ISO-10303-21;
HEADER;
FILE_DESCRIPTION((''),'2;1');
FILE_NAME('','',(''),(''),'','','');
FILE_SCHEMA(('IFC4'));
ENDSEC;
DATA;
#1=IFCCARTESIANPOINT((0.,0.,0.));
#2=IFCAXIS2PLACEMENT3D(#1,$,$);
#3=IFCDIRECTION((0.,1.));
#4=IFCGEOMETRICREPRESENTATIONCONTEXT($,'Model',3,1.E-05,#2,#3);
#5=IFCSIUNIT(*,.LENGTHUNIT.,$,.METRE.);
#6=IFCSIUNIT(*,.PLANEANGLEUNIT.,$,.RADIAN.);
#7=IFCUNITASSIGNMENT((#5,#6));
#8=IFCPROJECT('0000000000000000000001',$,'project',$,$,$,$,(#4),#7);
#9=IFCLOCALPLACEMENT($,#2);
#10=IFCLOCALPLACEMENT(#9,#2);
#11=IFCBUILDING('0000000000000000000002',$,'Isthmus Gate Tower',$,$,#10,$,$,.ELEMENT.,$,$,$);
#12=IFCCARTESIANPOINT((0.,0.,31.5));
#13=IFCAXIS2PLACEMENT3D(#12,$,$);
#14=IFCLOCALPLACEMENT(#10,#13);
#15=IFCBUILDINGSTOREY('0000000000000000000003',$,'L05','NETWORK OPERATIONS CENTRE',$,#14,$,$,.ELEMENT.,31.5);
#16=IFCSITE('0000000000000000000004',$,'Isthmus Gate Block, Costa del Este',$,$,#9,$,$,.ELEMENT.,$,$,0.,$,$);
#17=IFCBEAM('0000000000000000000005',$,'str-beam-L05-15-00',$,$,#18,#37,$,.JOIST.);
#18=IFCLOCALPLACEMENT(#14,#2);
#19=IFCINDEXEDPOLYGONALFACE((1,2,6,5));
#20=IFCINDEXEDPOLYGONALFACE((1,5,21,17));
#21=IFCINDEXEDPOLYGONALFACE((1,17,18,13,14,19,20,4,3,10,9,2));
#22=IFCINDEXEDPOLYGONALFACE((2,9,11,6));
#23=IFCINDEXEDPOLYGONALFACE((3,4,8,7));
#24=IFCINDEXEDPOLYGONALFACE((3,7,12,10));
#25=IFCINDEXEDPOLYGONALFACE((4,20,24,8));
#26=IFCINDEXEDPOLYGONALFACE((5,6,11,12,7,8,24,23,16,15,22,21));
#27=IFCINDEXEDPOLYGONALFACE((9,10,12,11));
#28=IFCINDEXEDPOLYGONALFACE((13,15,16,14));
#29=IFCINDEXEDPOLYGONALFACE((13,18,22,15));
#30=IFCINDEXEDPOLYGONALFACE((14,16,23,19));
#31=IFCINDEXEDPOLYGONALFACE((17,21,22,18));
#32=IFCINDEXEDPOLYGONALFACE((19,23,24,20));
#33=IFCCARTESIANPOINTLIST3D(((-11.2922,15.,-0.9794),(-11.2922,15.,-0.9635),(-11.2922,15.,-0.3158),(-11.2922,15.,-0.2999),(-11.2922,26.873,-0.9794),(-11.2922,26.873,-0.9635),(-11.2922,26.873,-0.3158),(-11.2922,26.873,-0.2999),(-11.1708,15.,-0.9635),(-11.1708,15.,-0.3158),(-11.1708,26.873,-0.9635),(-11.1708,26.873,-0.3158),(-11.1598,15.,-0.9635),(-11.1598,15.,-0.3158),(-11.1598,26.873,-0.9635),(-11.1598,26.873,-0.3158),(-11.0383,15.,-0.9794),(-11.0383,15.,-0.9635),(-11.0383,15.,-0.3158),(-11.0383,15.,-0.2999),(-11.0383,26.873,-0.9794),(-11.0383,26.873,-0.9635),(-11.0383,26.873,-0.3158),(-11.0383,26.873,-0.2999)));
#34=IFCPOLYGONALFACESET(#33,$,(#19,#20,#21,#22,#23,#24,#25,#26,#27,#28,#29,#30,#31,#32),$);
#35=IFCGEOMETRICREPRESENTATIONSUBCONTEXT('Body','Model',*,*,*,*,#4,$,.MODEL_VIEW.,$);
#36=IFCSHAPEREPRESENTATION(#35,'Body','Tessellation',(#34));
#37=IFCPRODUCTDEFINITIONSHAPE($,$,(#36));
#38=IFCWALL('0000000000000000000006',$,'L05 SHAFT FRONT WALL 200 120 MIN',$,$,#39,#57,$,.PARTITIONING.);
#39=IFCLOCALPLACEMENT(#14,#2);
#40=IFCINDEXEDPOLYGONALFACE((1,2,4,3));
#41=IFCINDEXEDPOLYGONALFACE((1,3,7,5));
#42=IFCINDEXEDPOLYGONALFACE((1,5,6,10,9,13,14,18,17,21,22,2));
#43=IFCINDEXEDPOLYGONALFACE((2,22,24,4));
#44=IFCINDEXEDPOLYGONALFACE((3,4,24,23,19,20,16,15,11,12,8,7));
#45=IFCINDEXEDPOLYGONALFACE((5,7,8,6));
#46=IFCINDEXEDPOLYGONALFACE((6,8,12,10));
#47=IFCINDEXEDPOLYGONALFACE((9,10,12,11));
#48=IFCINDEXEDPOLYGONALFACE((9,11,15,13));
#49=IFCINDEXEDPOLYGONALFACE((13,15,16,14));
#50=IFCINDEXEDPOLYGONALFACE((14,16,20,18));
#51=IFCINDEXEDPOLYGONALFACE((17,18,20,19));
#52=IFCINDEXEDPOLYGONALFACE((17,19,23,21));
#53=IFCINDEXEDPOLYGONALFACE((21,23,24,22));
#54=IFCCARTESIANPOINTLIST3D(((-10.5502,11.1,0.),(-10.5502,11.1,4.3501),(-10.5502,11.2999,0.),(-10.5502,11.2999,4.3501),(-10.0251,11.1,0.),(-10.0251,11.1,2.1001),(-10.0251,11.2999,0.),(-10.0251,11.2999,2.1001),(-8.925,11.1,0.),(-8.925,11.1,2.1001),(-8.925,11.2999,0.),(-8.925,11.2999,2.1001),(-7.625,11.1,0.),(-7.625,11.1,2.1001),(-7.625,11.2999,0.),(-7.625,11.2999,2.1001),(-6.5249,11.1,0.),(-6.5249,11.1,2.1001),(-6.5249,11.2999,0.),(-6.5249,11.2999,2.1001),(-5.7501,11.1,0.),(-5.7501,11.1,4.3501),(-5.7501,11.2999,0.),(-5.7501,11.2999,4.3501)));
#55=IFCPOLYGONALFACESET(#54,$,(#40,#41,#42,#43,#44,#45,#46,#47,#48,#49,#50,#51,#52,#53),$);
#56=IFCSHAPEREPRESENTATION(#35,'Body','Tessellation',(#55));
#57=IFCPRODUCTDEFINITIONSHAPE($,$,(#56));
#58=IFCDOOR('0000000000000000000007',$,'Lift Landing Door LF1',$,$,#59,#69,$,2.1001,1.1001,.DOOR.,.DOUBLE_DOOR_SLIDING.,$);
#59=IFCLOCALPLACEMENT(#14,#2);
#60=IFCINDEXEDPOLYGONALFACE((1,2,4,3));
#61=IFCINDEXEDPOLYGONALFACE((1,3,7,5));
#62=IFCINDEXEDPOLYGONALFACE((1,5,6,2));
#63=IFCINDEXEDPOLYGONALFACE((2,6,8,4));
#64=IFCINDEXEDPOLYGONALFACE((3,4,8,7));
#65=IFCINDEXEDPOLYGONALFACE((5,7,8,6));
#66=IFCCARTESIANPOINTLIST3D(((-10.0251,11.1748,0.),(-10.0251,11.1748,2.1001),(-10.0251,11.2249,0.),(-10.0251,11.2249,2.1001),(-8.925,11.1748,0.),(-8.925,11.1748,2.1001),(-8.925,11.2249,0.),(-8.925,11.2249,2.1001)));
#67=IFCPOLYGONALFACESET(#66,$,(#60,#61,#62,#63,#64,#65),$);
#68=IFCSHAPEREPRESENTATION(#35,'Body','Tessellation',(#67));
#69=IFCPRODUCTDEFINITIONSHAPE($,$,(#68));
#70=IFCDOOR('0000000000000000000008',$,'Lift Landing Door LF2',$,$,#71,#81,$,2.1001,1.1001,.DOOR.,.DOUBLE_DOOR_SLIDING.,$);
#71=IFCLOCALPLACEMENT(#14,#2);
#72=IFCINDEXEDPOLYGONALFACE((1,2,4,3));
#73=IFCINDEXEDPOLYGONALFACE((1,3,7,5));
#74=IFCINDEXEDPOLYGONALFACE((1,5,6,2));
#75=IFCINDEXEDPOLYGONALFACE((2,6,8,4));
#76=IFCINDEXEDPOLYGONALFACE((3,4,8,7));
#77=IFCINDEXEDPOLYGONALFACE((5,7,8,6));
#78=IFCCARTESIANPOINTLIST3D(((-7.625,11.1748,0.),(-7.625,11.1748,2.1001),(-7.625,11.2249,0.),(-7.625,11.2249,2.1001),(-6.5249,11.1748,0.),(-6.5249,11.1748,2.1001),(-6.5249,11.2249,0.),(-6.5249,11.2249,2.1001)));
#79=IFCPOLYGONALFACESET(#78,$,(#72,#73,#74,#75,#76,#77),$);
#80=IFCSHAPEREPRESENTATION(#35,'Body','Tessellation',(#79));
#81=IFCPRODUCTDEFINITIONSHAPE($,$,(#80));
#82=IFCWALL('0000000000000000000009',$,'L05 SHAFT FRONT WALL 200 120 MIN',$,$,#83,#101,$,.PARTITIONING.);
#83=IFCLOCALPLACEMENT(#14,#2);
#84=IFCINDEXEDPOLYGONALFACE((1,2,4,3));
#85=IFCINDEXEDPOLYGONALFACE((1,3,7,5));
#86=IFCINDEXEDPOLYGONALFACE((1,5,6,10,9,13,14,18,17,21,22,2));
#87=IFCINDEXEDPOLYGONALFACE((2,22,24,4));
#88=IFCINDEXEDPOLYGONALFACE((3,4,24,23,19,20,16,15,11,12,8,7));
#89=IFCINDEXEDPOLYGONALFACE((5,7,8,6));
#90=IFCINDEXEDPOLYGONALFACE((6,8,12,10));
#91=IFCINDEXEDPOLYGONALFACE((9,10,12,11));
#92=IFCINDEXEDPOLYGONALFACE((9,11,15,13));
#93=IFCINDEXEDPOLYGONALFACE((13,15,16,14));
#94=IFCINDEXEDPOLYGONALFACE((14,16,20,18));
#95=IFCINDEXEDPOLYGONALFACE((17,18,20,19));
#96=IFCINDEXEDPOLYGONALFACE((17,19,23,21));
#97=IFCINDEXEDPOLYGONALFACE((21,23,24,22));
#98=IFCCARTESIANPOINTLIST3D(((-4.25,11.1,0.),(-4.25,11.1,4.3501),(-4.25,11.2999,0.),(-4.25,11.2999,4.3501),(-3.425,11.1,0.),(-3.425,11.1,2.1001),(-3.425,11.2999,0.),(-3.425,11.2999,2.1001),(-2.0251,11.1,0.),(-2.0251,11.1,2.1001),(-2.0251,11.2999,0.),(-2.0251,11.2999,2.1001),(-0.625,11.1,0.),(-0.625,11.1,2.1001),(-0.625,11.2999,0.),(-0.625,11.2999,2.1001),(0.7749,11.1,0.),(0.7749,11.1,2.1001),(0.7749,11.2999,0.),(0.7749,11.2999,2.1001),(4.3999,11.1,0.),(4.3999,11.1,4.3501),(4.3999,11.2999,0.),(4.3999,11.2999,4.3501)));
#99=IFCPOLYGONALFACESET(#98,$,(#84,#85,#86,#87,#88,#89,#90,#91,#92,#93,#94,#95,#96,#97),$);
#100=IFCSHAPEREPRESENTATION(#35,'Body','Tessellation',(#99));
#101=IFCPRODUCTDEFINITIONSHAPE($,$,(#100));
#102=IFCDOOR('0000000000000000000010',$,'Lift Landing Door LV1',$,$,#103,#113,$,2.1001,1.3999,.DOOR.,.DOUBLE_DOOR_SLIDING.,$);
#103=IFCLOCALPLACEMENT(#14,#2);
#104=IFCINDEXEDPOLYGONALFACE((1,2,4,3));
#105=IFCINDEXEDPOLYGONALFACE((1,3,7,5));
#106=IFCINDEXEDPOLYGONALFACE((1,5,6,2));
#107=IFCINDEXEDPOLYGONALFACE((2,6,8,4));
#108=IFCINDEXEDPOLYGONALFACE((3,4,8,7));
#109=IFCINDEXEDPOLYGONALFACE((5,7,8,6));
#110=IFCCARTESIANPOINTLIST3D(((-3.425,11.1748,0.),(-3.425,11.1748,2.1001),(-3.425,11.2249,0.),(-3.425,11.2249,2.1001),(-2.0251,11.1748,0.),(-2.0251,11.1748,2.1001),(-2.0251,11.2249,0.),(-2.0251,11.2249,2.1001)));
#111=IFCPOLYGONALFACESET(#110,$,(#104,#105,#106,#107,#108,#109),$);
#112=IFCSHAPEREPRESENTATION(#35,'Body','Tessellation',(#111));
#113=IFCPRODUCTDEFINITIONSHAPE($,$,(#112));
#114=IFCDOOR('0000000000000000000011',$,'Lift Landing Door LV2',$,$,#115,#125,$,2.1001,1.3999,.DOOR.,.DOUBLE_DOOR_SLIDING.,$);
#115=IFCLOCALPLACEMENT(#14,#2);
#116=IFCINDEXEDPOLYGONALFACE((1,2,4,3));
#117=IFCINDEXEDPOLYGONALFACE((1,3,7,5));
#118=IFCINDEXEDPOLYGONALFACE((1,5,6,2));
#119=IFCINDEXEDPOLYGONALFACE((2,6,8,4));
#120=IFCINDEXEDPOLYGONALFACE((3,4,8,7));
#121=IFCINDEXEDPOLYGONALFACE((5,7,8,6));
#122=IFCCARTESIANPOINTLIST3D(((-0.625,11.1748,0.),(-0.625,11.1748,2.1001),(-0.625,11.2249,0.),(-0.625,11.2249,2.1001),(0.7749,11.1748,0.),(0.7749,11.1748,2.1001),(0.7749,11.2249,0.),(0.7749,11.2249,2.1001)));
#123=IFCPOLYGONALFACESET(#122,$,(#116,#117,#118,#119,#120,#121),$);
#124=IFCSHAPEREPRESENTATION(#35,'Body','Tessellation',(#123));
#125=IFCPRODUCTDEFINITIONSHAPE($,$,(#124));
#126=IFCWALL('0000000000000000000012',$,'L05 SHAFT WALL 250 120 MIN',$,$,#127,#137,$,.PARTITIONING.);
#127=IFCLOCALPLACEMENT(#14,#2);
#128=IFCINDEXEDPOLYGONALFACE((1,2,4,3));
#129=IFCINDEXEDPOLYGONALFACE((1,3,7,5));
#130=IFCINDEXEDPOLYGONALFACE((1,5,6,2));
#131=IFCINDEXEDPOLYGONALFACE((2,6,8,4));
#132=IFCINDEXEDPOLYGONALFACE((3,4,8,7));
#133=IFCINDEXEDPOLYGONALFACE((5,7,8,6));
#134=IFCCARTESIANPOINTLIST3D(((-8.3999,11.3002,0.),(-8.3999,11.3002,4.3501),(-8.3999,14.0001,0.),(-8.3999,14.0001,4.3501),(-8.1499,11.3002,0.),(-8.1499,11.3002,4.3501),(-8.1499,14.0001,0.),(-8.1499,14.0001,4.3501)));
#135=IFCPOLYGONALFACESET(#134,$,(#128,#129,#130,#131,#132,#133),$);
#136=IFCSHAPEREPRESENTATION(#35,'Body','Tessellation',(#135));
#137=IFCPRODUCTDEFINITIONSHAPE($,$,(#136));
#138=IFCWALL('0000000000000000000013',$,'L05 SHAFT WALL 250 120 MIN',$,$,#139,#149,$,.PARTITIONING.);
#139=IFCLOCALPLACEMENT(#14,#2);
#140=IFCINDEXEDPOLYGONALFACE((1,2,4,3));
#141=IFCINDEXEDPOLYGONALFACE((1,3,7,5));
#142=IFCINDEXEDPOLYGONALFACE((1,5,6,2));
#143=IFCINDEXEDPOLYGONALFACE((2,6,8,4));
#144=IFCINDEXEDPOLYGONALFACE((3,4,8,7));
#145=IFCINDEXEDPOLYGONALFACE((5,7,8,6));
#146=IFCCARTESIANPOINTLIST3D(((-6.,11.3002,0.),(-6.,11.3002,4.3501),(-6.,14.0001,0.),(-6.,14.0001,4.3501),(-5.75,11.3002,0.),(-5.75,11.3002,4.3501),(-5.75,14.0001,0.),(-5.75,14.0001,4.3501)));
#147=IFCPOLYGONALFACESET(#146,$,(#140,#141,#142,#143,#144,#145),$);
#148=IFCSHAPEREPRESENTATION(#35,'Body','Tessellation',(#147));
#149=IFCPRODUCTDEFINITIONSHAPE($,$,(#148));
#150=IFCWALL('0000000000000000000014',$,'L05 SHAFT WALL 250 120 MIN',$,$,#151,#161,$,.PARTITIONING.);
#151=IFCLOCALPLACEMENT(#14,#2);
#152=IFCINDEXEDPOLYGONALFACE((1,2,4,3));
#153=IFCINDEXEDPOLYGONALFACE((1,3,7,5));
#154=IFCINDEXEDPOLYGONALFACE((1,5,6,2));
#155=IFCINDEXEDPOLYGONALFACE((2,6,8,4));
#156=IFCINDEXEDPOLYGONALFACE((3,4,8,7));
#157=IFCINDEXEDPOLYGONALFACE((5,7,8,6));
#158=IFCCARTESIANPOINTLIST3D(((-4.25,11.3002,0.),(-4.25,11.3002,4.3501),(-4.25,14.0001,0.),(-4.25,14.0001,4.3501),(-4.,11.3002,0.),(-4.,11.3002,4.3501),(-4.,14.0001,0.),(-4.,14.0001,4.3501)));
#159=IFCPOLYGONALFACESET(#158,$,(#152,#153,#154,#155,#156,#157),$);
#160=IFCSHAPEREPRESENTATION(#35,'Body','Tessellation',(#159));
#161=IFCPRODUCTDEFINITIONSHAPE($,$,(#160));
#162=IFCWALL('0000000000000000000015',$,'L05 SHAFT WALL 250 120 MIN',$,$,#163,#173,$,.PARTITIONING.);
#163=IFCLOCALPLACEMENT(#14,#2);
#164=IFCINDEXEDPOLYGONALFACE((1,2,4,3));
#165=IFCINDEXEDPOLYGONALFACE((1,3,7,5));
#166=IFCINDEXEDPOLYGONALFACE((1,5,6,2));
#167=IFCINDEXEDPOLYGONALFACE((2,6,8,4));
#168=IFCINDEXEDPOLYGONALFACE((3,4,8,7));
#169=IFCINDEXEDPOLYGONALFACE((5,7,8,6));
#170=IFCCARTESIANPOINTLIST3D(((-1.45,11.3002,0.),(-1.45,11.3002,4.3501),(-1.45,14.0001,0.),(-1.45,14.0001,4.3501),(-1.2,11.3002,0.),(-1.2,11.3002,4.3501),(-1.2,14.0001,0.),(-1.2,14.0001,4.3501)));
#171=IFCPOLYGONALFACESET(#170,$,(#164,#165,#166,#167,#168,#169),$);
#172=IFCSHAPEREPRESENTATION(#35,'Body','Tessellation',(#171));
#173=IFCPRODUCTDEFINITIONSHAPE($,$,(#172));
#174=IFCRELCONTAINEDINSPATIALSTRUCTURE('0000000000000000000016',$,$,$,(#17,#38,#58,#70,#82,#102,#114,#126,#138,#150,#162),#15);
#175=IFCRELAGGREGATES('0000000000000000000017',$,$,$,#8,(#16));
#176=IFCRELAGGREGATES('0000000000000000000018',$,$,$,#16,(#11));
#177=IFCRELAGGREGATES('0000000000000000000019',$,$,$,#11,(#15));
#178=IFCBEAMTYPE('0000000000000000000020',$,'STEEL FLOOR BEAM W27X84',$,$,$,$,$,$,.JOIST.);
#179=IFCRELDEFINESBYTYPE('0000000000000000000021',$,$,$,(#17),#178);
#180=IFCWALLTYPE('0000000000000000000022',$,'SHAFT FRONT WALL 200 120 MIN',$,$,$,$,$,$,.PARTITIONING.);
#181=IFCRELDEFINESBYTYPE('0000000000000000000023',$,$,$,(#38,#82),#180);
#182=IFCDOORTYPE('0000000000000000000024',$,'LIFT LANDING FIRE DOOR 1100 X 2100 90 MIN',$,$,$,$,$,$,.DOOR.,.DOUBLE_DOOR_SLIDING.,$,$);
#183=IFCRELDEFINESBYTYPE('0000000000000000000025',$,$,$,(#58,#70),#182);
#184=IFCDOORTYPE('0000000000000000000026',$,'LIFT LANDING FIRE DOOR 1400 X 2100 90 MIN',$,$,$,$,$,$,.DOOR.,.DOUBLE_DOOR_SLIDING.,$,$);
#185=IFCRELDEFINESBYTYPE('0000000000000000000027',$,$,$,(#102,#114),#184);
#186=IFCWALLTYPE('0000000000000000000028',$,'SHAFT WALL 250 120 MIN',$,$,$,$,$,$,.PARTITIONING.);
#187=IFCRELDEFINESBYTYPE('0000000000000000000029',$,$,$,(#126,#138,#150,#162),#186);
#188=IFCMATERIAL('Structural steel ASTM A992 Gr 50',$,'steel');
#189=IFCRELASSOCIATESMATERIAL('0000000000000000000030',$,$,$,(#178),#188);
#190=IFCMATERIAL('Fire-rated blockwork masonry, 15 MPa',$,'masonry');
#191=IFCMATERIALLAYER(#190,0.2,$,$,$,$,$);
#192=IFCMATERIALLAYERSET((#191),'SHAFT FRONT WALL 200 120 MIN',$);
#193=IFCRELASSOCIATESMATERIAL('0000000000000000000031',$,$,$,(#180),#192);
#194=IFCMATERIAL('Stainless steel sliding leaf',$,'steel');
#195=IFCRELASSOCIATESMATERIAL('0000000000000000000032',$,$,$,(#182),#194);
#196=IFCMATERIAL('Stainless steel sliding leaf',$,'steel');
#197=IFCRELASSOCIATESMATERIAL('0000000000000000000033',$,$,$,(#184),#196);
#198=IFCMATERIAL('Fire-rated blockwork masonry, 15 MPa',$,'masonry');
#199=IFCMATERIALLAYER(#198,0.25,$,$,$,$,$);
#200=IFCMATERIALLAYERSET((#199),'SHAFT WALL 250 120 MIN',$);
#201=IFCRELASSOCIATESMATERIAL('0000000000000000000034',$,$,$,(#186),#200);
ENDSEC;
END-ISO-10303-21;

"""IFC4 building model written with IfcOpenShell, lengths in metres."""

from ifc_helpers import new_model, si_unit, direction, frame, frame_2d, origin, origin_2d, place, context, subcontext, project, spatial, rectangle, i_section, extrude, material, layer, layer_set, material_profile, profile_set, type_object, element, fill, save


model = new_model("IFC4")

# Units and contexts
model_context = context("Model", 3, precision=1e-05, world=origin(), true_north=direction((0.0, 1.0)))
body_context = subcontext(model_context, "Body", "Model", "MODEL_VIEW")
ifc_project = project(units=[si_unit("LENGTHUNIT", "METRE"), si_unit("PLANEANGLEUNIT", "RADIAN")], contexts=[model_context])

# Site, building, storey
site_placement = place(None, origin())
site = spatial("IfcSite", under=ifc_project, at=site_placement, Name="Isthmus Gate Block, Costa del Este", CompositionType="ELEMENT", RefElevation=0.0)
building_placement = place(site_placement, origin())
building = spatial("IfcBuilding", under=site, at=building_placement, Name="Isthmus Gate Tower", CompositionType="ELEMENT")
storey_placement = place(building_placement, frame((0.0, 0.0, 31.5)))
storey = spatial("IfcBuildingStorey", under=building, at=storey_placement, Name="L05", Description="NETWORK OPERATIONS CENTRE", CompositionType="ELEMENT", Elevation=31.5)

# Beam
ifc_material_1 = material(Name="Structural steel ASTM A992 Gr 50", Category="steel")
ifc_material_profile = material_profile(ifc_material_1, i_section(OverallWidth=0.2539, OverallDepth=0.6794, WebThickness=0.011, FlangeThickness=0.0159, at=origin_2d()), Name="W27X84")
ifc_profile_set = profile_set([ifc_material_profile], Name="Structural steel ASTM A992 Gr 50")
beam_type = type_object("IfcBeamType", Name="STEEL FLOOR BEAM W27X84", PredefinedType="JOIST", material=ifc_profile_set)
beam_placement = place(storey_placement, frame((-11.1653, 15.0, -0.6396), z_axis=(0.0, 1.0, 0.0), x_axis=(-1.0, 0.0, 0.0)))
element("IfcBeam", 1, at=beam_placement, inside=storey, type_object=beam_type, Name="str-beam-L05-15-00", PredefinedType="JOIST", context=body_context, shape_type="SweptSolid", body=[
    extrude(i_section(OverallWidth=0.2539, OverallDepth=0.6794, WebThickness=0.011, FlangeThickness=0.0159, at=origin_2d()), origin(), (0.0, 0.0, 1.0), 11.873),
])

# Walls, openings, doors
ifc_material_2 = material(Name="Fire-rated blockwork masonry, 15 MPa", Category="masonry")
ifc_layer_1 = layer(ifc_material_2, 0.2)
ifc_layer_set_1 = layer_set([ifc_layer_1], Name="SHAFT FRONT WALL 200 120 MIN")
wall_type_1 = type_object("IfcWallType", Name="SHAFT FRONT WALL 200 120 MIN", PredefinedType="PARTITIONING", material=ifc_layer_set_1)
wall_1_placement = place(storey_placement, frame((-10.55, 11.2, 0.0), z_axis=(0.0, 0.0, 1.0), x_axis=(1.0, 0.0, 0.0)))
wall_1 = element("IfcWall", 2, at=wall_1_placement, inside=storey, type_object=wall_type_1, Name="L05 SHAFT FRONT WALL 200 120 MIN", PredefinedType="PARTITIONING", context=body_context, shape_type="SweptSolid", body=[
    extrude(rectangle(XDim=4.8, YDim=0.2, at=frame_2d((2.3999, 0.0))), origin(), (0.0, 0.0, 1.0), 4.3501),
])
opening_1_placement = place(wall_1_placement, frame((0.5249, 0.0, 0.0)))
opening_1 = element("IfcOpeningElement", 3, at=opening_1_placement, cuts=wall_1, PredefinedType="OPENING", context=body_context, shape_type="SweptSolid", body=[
    extrude(rectangle(XDim=1.1001, YDim=2.1001, at=frame_2d((0.55, 1.05))), frame((0.0, 0.1099, 0.0), z_axis=(0.0, -1.0, 0.0), x_axis=(1.0, 0.0, 0.0)), (0.0, 0.0, 1.0), 0.22),
])
opening_2_placement = place(wall_1_placement, frame((2.925, 0.0, 0.0)))
opening_2 = element("IfcOpeningElement", 4, at=opening_2_placement, cuts=wall_1, PredefinedType="OPENING", context=body_context, shape_type="SweptSolid", body=[
    extrude(rectangle(XDim=1.1001, YDim=2.1001, at=frame_2d((0.55, 1.05))), frame((0.0, 0.1099, 0.0), z_axis=(0.0, -1.0, 0.0), x_axis=(1.0, 0.0, 0.0)), (0.0, 0.0, 1.0), 0.22),
])
ifc_material_3 = material(Name="Stainless steel sliding leaf", Category="steel")
door_type_1 = type_object("IfcDoorType", Name="LIFT LANDING FIRE DOOR 1100 X 2100 90 MIN", OperationType="DOUBLE_DOOR_SLIDING", PredefinedType="DOOR", material=ifc_material_3)
door_1_placement = place(opening_1_placement, origin())
door_1 = element("IfcDoor", 5, at=door_1_placement, inside=storey, type_object=door_type_1, Name="Lift Landing Door LF1", OperationType="DOUBLE_DOOR_SLIDING", OverallHeight=2.1001, OverallWidth=1.1001, PredefinedType="DOOR", context=body_context, shape_type="SweptSolid", body=[
    extrude(rectangle(XDim=1.1001, YDim=2.1001, at=frame_2d((0.55, 1.05))), frame((0.0, 0.0249, 0.0), z_axis=(0.0, -1.0, 0.0), x_axis=(1.0, 0.0, 0.0)), (0.0, 0.0, 1.0), 0.05),
])
fill(opening_1, door_1)
door_2_placement = place(opening_2_placement, origin())
door_2 = element("IfcDoor", 6, at=door_2_placement, inside=storey, type_object=door_type_1, Name="Lift Landing Door LF2", OperationType="DOUBLE_DOOR_SLIDING", OverallHeight=2.1001, OverallWidth=1.1001, PredefinedType="DOOR", context=body_context, shape_type="SweptSolid", body=[
    extrude(rectangle(XDim=1.1001, YDim=2.1001, at=frame_2d((0.55, 1.05))), frame((0.0, 0.0249, 0.0), z_axis=(0.0, -1.0, 0.0), x_axis=(1.0, 0.0, 0.0)), (0.0, 0.0, 1.0), 0.05),
])
fill(opening_2, door_2)
wall_2_placement = place(storey_placement, frame((-4.25, 11.2, 0.0), z_axis=(0.0, 0.0, 1.0), x_axis=(1.0, 0.0, 0.0)))
wall_2 = element("IfcWall", 7, at=wall_2_placement, inside=storey, type_object=wall_type_1, Name="L05 SHAFT FRONT WALL 200 120 MIN", PredefinedType="PARTITIONING", context=body_context, shape_type="SweptSolid", body=[
    extrude(rectangle(XDim=8.6499, YDim=0.2, at=frame_2d((4.325, 0.0))), origin(), (0.0, 0.0, 1.0), 4.3501),
])
opening_3_placement = place(wall_2_placement, frame((0.825, 0.0, 0.0)))
opening_3 = element("IfcOpeningElement", 8, at=opening_3_placement, cuts=wall_2, PredefinedType="OPENING", context=body_context, shape_type="SweptSolid", body=[
    extrude(rectangle(XDim=1.3999, YDim=2.1001, at=frame_2d((0.7, 1.05))), frame((0.0, 0.1099, 0.0), z_axis=(0.0, -1.0, 0.0), x_axis=(1.0, 0.0, 0.0)), (0.0, 0.0, 1.0), 0.22),
])
opening_4_placement = place(wall_2_placement, frame((3.625, 0.0, 0.0)))
opening_4 = element("IfcOpeningElement", 9, at=opening_4_placement, cuts=wall_2, PredefinedType="OPENING", context=body_context, shape_type="SweptSolid", body=[
    extrude(rectangle(XDim=1.3999, YDim=2.1001, at=frame_2d((0.7, 1.05))), frame((0.0, 0.1099, 0.0), z_axis=(0.0, -1.0, 0.0), x_axis=(1.0, 0.0, 0.0)), (0.0, 0.0, 1.0), 0.22),
])
ifc_material_4 = material(Name="Stainless steel sliding leaf", Category="steel")
door_type_2 = type_object("IfcDoorType", Name="LIFT LANDING FIRE DOOR 1400 X 2100 90 MIN", OperationType="DOUBLE_DOOR_SLIDING", PredefinedType="DOOR", material=ifc_material_4)
door_3_placement = place(opening_3_placement, origin())
door_3 = element("IfcDoor", 10, at=door_3_placement, inside=storey, type_object=door_type_2, Name="Lift Landing Door LV1", OperationType="DOUBLE_DOOR_SLIDING", OverallHeight=2.1001, OverallWidth=1.3999, PredefinedType="DOOR", context=body_context, shape_type="SweptSolid", body=[
    extrude(rectangle(XDim=1.3999, YDim=2.1001, at=frame_2d((0.7, 1.05))), frame((0.0, 0.0249, 0.0), z_axis=(0.0, -1.0, 0.0), x_axis=(1.0, 0.0, 0.0)), (0.0, 0.0, 1.0), 0.05),
])
fill(opening_3, door_3)
door_4_placement = place(opening_4_placement, origin())
door_4 = element("IfcDoor", 11, at=door_4_placement, inside=storey, type_object=door_type_2, Name="Lift Landing Door LV2", OperationType="DOUBLE_DOOR_SLIDING", OverallHeight=2.1001, OverallWidth=1.3999, PredefinedType="DOOR", context=body_context, shape_type="SweptSolid", body=[
    extrude(rectangle(XDim=1.3999, YDim=2.1001, at=frame_2d((0.7, 1.05))), frame((0.0, 0.0249, 0.0), z_axis=(0.0, -1.0, 0.0), x_axis=(1.0, 0.0, 0.0)), (0.0, 0.0, 1.0), 0.05),
])
fill(opening_4, door_4)

# Walls
ifc_material_5 = material(Name="Fire-rated blockwork masonry, 15 MPa", Category="masonry")
ifc_layer_2 = layer(ifc_material_5, 0.25)
ifc_layer_set_2 = layer_set([ifc_layer_2], Name="SHAFT WALL 250 120 MIN")
wall_type_2 = type_object("IfcWallType", Name="SHAFT WALL 250 120 MIN", PredefinedType="PARTITIONING", material=ifc_layer_set_2)
for number, where, z_axis, x_axis, name in (
    (12, (-8.2749, 11.3, 0.0), (0.0, 0.0, 1.0), (0.0, 1.0, 0.0), "L05 SHAFT WALL 250 120 MIN"),
    (13, (-5.875, 11.3, 0.0), (0.0, 0.0, 1.0), (0.0, 1.0, 0.0), "L05 SHAFT WALL 250 120 MIN"),
    (14, (-4.125, 11.3, 0.0), (0.0, 0.0, 1.0), (0.0, 1.0, 0.0), "L05 SHAFT WALL 250 120 MIN"),
    (15, (-1.325, 11.3, 0.0), (0.0, 0.0, 1.0), (0.0, 1.0, 0.0), "L05 SHAFT WALL 250 120 MIN"),
):
    element("IfcWall", number, at=place(storey_placement, frame(where, z_axis=z_axis, x_axis=x_axis)), inside=storey, type_object=wall_type_2, Name=name, PredefinedType="PARTITIONING", context=body_context, shape_type="SweptSolid", body=[
        extrude(rectangle(XDim=2.7, YDim=0.25, at=frame_2d((1.3501, 0.0))), origin(), (0.0, 0.0, 1.0), 4.3501),
    ])

save(model, "model.ifc")
